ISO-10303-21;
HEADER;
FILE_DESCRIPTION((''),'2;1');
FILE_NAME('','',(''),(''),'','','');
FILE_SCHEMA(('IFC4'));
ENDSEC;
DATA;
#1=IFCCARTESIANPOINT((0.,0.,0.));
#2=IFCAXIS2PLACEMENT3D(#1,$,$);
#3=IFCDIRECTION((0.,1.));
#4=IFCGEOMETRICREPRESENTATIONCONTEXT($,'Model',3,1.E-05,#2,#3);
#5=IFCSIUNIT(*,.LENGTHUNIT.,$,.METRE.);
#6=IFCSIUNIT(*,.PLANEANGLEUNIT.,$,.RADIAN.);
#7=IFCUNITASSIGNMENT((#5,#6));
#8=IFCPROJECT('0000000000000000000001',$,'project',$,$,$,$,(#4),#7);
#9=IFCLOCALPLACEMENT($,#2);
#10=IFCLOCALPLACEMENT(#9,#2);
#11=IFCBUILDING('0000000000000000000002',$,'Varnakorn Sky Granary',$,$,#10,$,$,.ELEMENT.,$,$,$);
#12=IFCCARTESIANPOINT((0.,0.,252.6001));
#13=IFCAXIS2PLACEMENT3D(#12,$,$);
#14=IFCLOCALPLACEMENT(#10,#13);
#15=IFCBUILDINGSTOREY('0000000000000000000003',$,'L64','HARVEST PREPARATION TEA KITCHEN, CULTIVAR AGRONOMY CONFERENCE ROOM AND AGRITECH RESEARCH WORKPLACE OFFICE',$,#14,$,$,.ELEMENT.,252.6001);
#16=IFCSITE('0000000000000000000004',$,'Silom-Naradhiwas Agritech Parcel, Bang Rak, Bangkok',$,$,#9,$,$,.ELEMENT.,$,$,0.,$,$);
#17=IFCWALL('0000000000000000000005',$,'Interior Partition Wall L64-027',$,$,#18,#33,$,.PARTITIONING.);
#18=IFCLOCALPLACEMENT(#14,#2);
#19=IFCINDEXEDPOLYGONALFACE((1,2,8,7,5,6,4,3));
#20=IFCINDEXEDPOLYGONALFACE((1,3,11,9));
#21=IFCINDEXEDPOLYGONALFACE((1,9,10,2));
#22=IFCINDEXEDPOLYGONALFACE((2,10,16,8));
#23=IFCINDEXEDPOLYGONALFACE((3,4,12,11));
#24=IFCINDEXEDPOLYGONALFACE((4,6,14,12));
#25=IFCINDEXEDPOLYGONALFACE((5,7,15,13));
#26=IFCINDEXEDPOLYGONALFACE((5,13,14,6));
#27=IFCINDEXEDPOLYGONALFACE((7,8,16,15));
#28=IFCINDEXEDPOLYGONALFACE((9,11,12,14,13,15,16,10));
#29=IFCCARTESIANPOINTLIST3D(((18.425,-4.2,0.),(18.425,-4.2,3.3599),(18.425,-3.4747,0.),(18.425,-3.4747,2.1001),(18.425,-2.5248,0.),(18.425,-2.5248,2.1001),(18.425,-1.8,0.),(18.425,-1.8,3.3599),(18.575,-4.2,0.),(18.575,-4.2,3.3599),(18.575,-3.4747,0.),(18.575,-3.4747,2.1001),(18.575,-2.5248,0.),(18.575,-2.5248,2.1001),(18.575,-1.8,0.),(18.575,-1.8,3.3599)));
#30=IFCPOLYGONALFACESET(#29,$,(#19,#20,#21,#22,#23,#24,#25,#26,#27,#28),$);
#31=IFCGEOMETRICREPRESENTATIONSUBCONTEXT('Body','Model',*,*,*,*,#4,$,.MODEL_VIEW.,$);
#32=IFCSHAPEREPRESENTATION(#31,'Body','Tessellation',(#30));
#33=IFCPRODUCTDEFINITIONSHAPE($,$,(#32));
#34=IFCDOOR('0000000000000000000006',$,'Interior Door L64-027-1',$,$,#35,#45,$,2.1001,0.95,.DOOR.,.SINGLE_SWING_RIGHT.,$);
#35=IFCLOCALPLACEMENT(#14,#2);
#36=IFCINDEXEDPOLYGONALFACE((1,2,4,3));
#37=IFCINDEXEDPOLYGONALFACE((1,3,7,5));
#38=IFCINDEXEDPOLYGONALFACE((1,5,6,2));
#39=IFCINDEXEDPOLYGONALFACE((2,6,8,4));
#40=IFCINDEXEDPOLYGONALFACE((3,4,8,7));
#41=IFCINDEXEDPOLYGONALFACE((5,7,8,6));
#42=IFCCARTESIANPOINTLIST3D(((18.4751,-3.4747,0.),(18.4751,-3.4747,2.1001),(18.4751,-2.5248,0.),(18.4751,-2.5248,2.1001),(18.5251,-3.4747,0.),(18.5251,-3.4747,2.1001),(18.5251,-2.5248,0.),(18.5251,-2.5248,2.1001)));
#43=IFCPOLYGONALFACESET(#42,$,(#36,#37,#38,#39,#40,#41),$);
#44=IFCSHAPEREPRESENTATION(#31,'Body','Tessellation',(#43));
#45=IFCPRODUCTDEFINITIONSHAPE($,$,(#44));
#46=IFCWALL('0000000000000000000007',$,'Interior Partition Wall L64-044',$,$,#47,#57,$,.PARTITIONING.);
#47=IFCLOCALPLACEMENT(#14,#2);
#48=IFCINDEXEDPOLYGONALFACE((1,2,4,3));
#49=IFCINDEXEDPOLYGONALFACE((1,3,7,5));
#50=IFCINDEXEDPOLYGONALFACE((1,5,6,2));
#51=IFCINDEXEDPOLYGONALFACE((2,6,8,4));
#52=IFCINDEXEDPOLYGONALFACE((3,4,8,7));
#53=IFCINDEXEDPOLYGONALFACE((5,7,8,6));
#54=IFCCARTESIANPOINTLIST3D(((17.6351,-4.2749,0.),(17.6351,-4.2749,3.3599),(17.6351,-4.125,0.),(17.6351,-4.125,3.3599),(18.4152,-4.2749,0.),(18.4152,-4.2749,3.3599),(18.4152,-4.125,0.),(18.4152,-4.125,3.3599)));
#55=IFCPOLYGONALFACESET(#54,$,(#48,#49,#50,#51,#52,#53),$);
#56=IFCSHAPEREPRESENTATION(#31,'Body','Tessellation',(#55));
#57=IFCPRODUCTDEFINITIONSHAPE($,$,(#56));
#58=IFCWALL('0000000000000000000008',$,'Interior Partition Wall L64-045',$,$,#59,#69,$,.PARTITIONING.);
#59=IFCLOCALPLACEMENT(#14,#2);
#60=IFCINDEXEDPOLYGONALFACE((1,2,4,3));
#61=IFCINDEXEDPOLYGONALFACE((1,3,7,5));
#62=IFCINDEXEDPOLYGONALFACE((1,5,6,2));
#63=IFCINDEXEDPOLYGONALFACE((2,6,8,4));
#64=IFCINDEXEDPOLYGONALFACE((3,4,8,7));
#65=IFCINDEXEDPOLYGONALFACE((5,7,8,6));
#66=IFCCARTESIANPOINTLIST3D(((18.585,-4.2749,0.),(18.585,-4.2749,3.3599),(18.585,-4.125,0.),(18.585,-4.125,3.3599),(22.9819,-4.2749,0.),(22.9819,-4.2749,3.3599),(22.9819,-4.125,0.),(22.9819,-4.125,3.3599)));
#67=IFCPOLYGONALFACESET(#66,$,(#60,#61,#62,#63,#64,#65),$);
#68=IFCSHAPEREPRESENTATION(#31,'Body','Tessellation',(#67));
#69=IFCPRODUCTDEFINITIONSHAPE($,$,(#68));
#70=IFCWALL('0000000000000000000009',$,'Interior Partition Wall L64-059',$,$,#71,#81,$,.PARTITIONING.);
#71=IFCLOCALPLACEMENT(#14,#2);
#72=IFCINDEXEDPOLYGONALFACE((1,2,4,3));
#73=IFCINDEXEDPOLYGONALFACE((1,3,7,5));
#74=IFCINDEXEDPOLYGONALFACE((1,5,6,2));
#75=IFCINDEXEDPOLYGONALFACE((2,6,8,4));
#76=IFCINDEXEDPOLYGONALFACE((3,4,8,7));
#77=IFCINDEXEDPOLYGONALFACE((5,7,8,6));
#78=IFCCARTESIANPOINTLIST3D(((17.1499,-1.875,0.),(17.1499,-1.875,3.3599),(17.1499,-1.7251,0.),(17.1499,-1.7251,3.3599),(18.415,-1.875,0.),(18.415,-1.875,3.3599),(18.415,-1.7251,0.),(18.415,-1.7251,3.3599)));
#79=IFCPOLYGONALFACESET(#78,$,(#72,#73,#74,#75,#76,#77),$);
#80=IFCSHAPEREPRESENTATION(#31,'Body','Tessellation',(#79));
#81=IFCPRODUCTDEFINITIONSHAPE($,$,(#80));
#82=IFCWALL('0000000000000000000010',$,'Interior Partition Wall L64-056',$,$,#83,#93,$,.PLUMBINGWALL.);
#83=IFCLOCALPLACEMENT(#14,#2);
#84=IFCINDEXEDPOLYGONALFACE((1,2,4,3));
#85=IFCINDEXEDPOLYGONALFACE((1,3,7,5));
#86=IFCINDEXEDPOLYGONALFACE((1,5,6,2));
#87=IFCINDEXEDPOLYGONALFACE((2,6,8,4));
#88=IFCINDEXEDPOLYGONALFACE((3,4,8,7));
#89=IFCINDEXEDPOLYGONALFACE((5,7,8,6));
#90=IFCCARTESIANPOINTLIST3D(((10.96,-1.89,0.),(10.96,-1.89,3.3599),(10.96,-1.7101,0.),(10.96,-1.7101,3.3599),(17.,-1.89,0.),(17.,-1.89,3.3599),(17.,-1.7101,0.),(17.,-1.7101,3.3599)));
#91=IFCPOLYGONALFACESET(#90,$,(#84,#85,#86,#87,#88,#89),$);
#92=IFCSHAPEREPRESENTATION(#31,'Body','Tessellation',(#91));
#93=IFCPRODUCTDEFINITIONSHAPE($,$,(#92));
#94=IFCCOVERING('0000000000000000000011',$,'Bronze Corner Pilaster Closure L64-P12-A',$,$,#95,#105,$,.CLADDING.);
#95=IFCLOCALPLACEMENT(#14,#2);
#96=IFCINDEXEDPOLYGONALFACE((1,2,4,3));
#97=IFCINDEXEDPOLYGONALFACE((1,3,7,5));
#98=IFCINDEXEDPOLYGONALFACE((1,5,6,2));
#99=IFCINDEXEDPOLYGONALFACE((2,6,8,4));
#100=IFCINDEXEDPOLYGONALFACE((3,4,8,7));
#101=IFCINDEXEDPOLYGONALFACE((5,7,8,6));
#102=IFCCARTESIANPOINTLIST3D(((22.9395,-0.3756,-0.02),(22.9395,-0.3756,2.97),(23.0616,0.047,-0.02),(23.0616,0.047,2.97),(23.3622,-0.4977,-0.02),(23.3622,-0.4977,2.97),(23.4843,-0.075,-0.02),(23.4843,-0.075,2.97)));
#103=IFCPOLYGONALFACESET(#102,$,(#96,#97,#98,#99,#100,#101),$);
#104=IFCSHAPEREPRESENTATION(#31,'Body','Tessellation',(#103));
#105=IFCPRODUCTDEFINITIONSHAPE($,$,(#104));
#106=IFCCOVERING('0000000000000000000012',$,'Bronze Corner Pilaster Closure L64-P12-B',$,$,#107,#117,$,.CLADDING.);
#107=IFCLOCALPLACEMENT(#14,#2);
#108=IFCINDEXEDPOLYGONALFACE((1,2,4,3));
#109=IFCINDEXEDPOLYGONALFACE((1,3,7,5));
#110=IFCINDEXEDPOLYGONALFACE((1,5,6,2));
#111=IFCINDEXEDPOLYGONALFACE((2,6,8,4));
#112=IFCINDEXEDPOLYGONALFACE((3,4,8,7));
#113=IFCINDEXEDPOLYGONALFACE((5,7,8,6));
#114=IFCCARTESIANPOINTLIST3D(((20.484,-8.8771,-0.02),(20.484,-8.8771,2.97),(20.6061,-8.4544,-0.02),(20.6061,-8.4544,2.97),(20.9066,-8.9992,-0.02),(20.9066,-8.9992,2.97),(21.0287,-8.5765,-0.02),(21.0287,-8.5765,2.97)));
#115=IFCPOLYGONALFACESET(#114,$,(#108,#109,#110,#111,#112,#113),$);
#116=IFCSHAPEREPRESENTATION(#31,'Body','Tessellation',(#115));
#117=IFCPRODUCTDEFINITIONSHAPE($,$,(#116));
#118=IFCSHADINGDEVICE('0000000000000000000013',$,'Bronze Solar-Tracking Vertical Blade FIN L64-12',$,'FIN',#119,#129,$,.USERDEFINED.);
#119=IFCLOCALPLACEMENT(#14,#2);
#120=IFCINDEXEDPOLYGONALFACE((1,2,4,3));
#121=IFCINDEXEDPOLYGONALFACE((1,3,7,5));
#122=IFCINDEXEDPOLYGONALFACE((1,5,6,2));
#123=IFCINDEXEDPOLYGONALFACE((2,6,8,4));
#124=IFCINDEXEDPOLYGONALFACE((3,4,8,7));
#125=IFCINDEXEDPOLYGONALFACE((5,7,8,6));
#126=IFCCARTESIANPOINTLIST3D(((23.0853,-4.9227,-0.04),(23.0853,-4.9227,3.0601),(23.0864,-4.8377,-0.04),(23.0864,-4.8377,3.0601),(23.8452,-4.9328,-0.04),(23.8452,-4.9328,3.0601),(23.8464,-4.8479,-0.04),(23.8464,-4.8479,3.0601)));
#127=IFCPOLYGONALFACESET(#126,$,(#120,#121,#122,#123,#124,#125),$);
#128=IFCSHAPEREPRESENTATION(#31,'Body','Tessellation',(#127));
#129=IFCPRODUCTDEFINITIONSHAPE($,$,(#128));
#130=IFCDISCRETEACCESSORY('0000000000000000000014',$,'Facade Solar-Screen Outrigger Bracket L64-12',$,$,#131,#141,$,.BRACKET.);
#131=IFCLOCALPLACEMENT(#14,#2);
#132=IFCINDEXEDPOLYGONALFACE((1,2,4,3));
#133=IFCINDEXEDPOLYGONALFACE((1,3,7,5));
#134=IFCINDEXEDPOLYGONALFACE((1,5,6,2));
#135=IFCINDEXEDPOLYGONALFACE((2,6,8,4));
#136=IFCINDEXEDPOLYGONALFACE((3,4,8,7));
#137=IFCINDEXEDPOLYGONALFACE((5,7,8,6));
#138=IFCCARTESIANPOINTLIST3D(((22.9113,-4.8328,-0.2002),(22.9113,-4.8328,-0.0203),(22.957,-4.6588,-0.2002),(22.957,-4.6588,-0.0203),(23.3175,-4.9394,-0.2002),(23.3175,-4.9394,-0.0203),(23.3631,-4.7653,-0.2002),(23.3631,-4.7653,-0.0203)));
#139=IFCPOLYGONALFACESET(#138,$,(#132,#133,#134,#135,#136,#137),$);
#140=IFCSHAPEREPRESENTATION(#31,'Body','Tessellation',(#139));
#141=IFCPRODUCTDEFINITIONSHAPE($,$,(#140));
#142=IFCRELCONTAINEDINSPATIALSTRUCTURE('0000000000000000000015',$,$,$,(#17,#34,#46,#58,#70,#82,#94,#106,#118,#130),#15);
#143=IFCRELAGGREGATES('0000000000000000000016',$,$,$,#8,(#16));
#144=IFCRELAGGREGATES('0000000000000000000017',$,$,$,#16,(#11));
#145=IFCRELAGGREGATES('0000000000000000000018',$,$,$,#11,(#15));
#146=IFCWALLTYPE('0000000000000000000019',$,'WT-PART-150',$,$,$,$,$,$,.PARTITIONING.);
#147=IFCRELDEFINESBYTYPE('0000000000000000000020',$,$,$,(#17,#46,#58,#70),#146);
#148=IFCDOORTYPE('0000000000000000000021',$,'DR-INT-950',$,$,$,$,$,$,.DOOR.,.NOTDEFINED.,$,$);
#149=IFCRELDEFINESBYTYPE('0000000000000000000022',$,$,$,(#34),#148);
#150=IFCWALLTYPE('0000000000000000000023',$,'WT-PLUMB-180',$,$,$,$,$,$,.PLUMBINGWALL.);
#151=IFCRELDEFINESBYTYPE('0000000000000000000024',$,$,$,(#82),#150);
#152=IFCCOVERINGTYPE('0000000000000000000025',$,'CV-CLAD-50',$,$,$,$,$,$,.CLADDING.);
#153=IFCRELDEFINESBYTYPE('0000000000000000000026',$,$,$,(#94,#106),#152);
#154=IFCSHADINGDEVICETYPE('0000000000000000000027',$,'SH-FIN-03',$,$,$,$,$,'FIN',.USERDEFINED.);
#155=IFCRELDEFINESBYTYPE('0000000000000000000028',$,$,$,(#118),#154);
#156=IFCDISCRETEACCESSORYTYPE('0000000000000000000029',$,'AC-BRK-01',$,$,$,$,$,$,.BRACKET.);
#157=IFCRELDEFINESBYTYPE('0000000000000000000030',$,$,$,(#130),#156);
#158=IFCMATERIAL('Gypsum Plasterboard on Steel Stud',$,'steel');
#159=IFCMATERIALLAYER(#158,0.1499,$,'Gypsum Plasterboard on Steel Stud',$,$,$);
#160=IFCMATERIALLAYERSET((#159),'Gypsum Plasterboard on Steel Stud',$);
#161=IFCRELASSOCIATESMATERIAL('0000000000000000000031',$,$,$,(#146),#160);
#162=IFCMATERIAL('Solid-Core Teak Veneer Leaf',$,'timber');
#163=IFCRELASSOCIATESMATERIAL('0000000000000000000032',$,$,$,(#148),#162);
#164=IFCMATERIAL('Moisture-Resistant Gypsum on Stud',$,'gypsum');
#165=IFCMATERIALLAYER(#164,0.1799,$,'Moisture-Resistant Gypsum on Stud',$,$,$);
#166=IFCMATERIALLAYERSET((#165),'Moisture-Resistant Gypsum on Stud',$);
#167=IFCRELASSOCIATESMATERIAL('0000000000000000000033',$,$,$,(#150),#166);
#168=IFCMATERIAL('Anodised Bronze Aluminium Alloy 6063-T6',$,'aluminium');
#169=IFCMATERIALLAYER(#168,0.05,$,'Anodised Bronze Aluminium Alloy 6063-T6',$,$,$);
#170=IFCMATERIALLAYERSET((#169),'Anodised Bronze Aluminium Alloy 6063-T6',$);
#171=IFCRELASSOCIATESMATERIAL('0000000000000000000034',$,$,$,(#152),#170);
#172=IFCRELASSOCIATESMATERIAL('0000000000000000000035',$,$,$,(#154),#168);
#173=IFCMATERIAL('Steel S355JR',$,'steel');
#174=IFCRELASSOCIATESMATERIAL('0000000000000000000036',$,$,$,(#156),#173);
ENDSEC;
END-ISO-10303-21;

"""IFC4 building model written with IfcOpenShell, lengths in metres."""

from ifc_helpers import new_model, si_unit, direction, frame, frame_2d, origin, origin_2d, place, context, subcontext, project, spatial, rectangle, extrude, source, transform, mapped, material, layer, layer_set, type_object, type_shapes, element, fill, save


model = new_model("IFC4")

# Units and contexts
model_context = context("Model", 3, precision=1e-05, world=origin(), true_north=direction((0.0, 1.0)))
body_context = subcontext(model_context, "Body", "Model", "MODEL_VIEW")
ifc_project = project(units=[si_unit("LENGTHUNIT", "METRE"), si_unit("PLANEANGLEUNIT", "RADIAN")], contexts=[model_context])

# Site, building, storey
site_placement = place(None, origin())
site = spatial("IfcSite", under=ifc_project, at=site_placement, Name="Silom-Naradhiwas Agritech Parcel, Bang Rak, Bangkok", CompositionType="ELEMENT", RefElevation=0.0)
building_placement = place(site_placement, origin())
building = spatial("IfcBuilding", under=site, at=building_placement, Name="Varnakorn Sky Granary", CompositionType="ELEMENT")
storey_placement = place(building_placement, frame((0.0, 0.0, 252.6001)))
storey = spatial("IfcBuildingStorey", under=building, at=storey_placement, Name="L64", Description="HARVEST PREPARATION TEA KITCHEN, CULTIVAR AGRONOMY CONFERENCE ROOM AND AGRITECH RESEARCH WORKPLACE OFFICE", CompositionType="ELEMENT", Elevation=252.6001)

# Shared definitions
ifc_material_1 = material(Name="Steel S355JR", Category="steel")

# Shared definitions
ifc_material_2 = material(Name="Anodised Bronze Aluminium Alloy 6063-T6", Category="aluminium")

# Wall, opening, door
ifc_material_3 = material(Name="Gypsum Plasterboard on Steel Stud", Category="steel")
ifc_layer_1 = layer(ifc_material_3, 0.1499, Name="Gypsum Plasterboard on Steel Stud")
ifc_layer_set_1 = layer_set([ifc_layer_1], Name="Gypsum Plasterboard on Steel Stud")
wall_type_1 = type_object("IfcWallType", Name="WT-PART-150", PredefinedType="PARTITIONING", material=ifc_layer_set_1)
wall_1_placement = place(storey_placement, frame((18.5, -4.2, 0.0), z_axis=(0.0, 0.0, 1.0), x_axis=(0.0, 1.0, 0.0)))
wall_1 = element("IfcWall", 1, at=wall_1_placement, inside=storey, type_object=wall_type_1, Name="Interior Partition Wall L64-027", PredefinedType="PARTITIONING", context=body_context, shape_type="SweptSolid", body=[
    extrude(rectangle(XDim=2.3999, YDim=0.1499, at=frame_2d((1.2, 0.0))), origin(), (0.0, 0.0, 1.0), 3.3599),
])
opening_placement = place(wall_1_placement, frame((0.7251, 0.0, 0.0)))
opening = element("IfcOpeningElement", 2, at=opening_placement, cuts=wall_1, PredefinedType="OPENING", context=body_context, shape_type="SweptSolid", body=[
    extrude(rectangle(XDim=0.95, YDim=2.1001, at=frame_2d((0.4751, 1.05))), frame((0.0, 0.085, 0.0), z_axis=(0.0, -1.0, 0.0), x_axis=(1.0, 0.0, 0.0)), (0.0, 0.0, 1.0), 0.1699),
])
ifc_material_4 = material(Name="Solid-Core Teak Veneer Leaf", Category="timber")
door_type = type_object("IfcDoorType", Name="DR-INT-950", OperationType="NOTDEFINED", PredefinedType="DOOR", material=ifc_material_4)
door_placement = place(opening_placement, origin())
door = element("IfcDoor", 3, at=door_placement, inside=storey, type_object=door_type, Name="Interior Door L64-027-1", OperationType="SINGLE_SWING_RIGHT", OverallHeight=2.1001, OverallWidth=0.95, PredefinedType="DOOR", context=body_context, shape_type="SweptSolid", body=[
    extrude(rectangle(XDim=0.95, YDim=2.1001, at=frame_2d((0.4751, 1.05))), frame((0.0, 0.0249, 0.0), z_axis=(0.0, -1.0, 0.0), x_axis=(1.0, 0.0, 0.0)), (0.0, 0.0, 1.0), 0.05),
])
fill(opening, door)

# Walls
wall_2_placement = place(storey_placement, frame((17.635, -4.2, 0.0), z_axis=(0.0, 0.0, 1.0), x_axis=(1.0, 0.0, 0.0)))
element("IfcWall", 4, at=wall_2_placement, inside=storey, type_object=wall_type_1, Name="Interior Partition Wall L64-044", PredefinedType="PARTITIONING", context=body_context, shape_type="SweptSolid", body=[
    extrude(rectangle(XDim=0.78, YDim=0.1499, at=frame_2d((0.3901, 0.0))), origin(), (0.0, 0.0, 1.0), 3.3599),
])
wall_3_placement = place(storey_placement, frame((18.585, -4.2, 0.0), z_axis=(0.0, 0.0, 1.0), x_axis=(1.0, 0.0, 0.0)))
element("IfcWall", 5, at=wall_3_placement, inside=storey, type_object=wall_type_1, Name="Interior Partition Wall L64-045", PredefinedType="PARTITIONING", context=body_context, shape_type="SweptSolid", body=[
    extrude(rectangle(XDim=4.397, YDim=0.1499, at=frame_2d((2.1985, 0.0))), origin(), (0.0, 0.0, 1.0), 3.3599),
])
wall_4_placement = place(storey_placement, frame((18.415, -1.8, 0.0), z_axis=(0.0, 0.0, 1.0), x_axis=(-1.0, 0.0, 0.0)))
element("IfcWall", 6, at=wall_4_placement, inside=storey, type_object=wall_type_1, Name="Interior Partition Wall L64-059", PredefinedType="PARTITIONING", context=body_context, shape_type="SweptSolid", body=[
    extrude(rectangle(XDim=1.2651, YDim=0.1499, at=frame_2d((0.6326, 0.0))), origin(), (0.0, 0.0, 1.0), 3.3599),
])
ifc_material_5 = material(Name="Moisture-Resistant Gypsum on Stud", Category="gypsum")
ifc_layer_2 = layer(ifc_material_5, 0.1799, Name="Moisture-Resistant Gypsum on Stud")
ifc_layer_set_2 = layer_set([ifc_layer_2], Name="Moisture-Resistant Gypsum on Stud")
wall_type_2 = type_object("IfcWallType", Name="WT-PLUMB-180", PredefinedType="PLUMBINGWALL", material=ifc_layer_set_2)
wall_5_placement = place(storey_placement, frame((17.0, -1.8, 0.0), z_axis=(0.0, 0.0, 1.0), x_axis=(-1.0, 0.0, 0.0)))
element("IfcWall", 7, at=wall_5_placement, inside=storey, type_object=wall_type_2, Name="Interior Partition Wall L64-056", PredefinedType="PLUMBINGWALL", context=body_context, shape_type="SweptSolid", body=[
    extrude(rectangle(XDim=6.04, YDim=0.1799, at=frame_2d((3.02, 0.0))), origin(), (0.0, 0.0, 1.0), 3.3599),
])

# Coverings
ifc_layer_3 = layer(ifc_material_2, 0.05, Name="Anodised Bronze Aluminium Alloy 6063-T6")
ifc_layer_set_3 = layer_set([ifc_layer_3], Name="Anodised Bronze Aluminium Alloy 6063-T6")
covering_type = type_object("IfcCoveringType", Name="CV-CLAD-50", PredefinedType="CLADDING", material=ifc_layer_set_3)
shared_shape_1 = source(origin(), body_context, "Body", "SweptSolid", [
    extrude(rectangle(XDim=0.4399, YDim=0.4399, at=origin_2d()), origin(), (0.0, 0.0, 1.0), 2.99),
])
type_shapes(covering_type, [shared_shape_1])
for number, where, z_axis, x_axis, name in (
    (8, (23.2119, -0.2253, -0.02), (0.0, 0.0, 1.0), (-0.277482, -0.960731, 0.0), "Bronze Corner Pilaster Closure L64-P12-A"),
    (9, (20.7563, -8.7268, -0.02), (0.0, 0.0, 1.0), (-0.277482, -0.960731, 0.0), "Bronze Corner Pilaster Closure L64-P12-B"),
):
    element("IfcCovering", number, at=place(storey_placement, frame(where, z_axis=z_axis, x_axis=x_axis)), inside=storey, type_object=covering_type, Name=name, PredefinedType="CLADDING", context=body_context, shape_type="MappedRepresentation", body=[
        mapped(shared_shape_1, transform((0.0, 0.0, 0.0), x_axis=(1.0, 0.0, 0.0), y_axis=(0.0, 1.0, 0.0), z_axis=(0.0, 0.0, 1.0), scale=1.0)),
    ])

# Shading device
shading_device_type = type_object("IfcShadingDeviceType", Name="SH-FIN-03", ElementType="FIN", PredefinedType="USERDEFINED", material=ifc_material_2)
shared_shape_2 = source(origin(), body_context, "Body", "SweptSolid", [
    extrude(rectangle(XDim=0.085, YDim=0.76, at=origin_2d()), origin(), (0.0, 0.0, 1.0), 3.1001),
])
type_shapes(shading_device_type, [shared_shape_2])
shading_device_placement = place(storey_placement, frame((23.4658, -4.8853, -0.04), z_axis=(0.0, 0.0, 1.0), x_axis=(0.013368, 0.999911, 0.0)))
element("IfcShadingDevice", 10, at=shading_device_placement, inside=storey, type_object=shading_device_type, Name="Bronze Solar-Tracking Vertical Blade FIN L64-12", ObjectType="FIN", PredefinedType="USERDEFINED", context=body_context, shape_type="MappedRepresentation", body=[
    mapped(shared_shape_2, transform((0.0, 0.0, 0.0), x_axis=(1.0, 0.0, 0.0), y_axis=(0.0, 1.0, 0.0), z_axis=(0.0, 0.0, 1.0), scale=1.0)),
])

# Discrete accessory
discrete_accessory_type = type_object("IfcDiscreteAccessoryType", Name="AC-BRK-01", PredefinedType="BRACKET", material=ifc_material_1)
shared_shape_3 = source(origin(), body_context, "Body", "SweptSolid", [
    extrude(rectangle(XDim=0.1799, YDim=0.4199, at=origin_2d()), origin(), (0.0, 0.0, 1.0), 0.1799),
])
type_shapes(discrete_accessory_type, [shared_shape_3])
discrete_accessory_placement = place(storey_placement, frame((23.1372, -4.7991, -0.2002), z_axis=(0.0, 0.0, 1.0), x_axis=(0.253829, 0.967249, 0.0)))
element("IfcDiscreteAccessory", 11, at=discrete_accessory_placement, inside=storey, type_object=discrete_accessory_type, Name="Facade Solar-Screen Outrigger Bracket L64-12", PredefinedType="BRACKET", context=body_context, shape_type="MappedRepresentation", body=[
    mapped(shared_shape_3, transform((0.0, 0.0, 0.0), x_axis=(1.0, 0.0, 0.0), y_axis=(0.0, 1.0, 0.0), z_axis=(0.0, 0.0, 1.0), scale=1.0)),
])

save(model, "model.ifc")
